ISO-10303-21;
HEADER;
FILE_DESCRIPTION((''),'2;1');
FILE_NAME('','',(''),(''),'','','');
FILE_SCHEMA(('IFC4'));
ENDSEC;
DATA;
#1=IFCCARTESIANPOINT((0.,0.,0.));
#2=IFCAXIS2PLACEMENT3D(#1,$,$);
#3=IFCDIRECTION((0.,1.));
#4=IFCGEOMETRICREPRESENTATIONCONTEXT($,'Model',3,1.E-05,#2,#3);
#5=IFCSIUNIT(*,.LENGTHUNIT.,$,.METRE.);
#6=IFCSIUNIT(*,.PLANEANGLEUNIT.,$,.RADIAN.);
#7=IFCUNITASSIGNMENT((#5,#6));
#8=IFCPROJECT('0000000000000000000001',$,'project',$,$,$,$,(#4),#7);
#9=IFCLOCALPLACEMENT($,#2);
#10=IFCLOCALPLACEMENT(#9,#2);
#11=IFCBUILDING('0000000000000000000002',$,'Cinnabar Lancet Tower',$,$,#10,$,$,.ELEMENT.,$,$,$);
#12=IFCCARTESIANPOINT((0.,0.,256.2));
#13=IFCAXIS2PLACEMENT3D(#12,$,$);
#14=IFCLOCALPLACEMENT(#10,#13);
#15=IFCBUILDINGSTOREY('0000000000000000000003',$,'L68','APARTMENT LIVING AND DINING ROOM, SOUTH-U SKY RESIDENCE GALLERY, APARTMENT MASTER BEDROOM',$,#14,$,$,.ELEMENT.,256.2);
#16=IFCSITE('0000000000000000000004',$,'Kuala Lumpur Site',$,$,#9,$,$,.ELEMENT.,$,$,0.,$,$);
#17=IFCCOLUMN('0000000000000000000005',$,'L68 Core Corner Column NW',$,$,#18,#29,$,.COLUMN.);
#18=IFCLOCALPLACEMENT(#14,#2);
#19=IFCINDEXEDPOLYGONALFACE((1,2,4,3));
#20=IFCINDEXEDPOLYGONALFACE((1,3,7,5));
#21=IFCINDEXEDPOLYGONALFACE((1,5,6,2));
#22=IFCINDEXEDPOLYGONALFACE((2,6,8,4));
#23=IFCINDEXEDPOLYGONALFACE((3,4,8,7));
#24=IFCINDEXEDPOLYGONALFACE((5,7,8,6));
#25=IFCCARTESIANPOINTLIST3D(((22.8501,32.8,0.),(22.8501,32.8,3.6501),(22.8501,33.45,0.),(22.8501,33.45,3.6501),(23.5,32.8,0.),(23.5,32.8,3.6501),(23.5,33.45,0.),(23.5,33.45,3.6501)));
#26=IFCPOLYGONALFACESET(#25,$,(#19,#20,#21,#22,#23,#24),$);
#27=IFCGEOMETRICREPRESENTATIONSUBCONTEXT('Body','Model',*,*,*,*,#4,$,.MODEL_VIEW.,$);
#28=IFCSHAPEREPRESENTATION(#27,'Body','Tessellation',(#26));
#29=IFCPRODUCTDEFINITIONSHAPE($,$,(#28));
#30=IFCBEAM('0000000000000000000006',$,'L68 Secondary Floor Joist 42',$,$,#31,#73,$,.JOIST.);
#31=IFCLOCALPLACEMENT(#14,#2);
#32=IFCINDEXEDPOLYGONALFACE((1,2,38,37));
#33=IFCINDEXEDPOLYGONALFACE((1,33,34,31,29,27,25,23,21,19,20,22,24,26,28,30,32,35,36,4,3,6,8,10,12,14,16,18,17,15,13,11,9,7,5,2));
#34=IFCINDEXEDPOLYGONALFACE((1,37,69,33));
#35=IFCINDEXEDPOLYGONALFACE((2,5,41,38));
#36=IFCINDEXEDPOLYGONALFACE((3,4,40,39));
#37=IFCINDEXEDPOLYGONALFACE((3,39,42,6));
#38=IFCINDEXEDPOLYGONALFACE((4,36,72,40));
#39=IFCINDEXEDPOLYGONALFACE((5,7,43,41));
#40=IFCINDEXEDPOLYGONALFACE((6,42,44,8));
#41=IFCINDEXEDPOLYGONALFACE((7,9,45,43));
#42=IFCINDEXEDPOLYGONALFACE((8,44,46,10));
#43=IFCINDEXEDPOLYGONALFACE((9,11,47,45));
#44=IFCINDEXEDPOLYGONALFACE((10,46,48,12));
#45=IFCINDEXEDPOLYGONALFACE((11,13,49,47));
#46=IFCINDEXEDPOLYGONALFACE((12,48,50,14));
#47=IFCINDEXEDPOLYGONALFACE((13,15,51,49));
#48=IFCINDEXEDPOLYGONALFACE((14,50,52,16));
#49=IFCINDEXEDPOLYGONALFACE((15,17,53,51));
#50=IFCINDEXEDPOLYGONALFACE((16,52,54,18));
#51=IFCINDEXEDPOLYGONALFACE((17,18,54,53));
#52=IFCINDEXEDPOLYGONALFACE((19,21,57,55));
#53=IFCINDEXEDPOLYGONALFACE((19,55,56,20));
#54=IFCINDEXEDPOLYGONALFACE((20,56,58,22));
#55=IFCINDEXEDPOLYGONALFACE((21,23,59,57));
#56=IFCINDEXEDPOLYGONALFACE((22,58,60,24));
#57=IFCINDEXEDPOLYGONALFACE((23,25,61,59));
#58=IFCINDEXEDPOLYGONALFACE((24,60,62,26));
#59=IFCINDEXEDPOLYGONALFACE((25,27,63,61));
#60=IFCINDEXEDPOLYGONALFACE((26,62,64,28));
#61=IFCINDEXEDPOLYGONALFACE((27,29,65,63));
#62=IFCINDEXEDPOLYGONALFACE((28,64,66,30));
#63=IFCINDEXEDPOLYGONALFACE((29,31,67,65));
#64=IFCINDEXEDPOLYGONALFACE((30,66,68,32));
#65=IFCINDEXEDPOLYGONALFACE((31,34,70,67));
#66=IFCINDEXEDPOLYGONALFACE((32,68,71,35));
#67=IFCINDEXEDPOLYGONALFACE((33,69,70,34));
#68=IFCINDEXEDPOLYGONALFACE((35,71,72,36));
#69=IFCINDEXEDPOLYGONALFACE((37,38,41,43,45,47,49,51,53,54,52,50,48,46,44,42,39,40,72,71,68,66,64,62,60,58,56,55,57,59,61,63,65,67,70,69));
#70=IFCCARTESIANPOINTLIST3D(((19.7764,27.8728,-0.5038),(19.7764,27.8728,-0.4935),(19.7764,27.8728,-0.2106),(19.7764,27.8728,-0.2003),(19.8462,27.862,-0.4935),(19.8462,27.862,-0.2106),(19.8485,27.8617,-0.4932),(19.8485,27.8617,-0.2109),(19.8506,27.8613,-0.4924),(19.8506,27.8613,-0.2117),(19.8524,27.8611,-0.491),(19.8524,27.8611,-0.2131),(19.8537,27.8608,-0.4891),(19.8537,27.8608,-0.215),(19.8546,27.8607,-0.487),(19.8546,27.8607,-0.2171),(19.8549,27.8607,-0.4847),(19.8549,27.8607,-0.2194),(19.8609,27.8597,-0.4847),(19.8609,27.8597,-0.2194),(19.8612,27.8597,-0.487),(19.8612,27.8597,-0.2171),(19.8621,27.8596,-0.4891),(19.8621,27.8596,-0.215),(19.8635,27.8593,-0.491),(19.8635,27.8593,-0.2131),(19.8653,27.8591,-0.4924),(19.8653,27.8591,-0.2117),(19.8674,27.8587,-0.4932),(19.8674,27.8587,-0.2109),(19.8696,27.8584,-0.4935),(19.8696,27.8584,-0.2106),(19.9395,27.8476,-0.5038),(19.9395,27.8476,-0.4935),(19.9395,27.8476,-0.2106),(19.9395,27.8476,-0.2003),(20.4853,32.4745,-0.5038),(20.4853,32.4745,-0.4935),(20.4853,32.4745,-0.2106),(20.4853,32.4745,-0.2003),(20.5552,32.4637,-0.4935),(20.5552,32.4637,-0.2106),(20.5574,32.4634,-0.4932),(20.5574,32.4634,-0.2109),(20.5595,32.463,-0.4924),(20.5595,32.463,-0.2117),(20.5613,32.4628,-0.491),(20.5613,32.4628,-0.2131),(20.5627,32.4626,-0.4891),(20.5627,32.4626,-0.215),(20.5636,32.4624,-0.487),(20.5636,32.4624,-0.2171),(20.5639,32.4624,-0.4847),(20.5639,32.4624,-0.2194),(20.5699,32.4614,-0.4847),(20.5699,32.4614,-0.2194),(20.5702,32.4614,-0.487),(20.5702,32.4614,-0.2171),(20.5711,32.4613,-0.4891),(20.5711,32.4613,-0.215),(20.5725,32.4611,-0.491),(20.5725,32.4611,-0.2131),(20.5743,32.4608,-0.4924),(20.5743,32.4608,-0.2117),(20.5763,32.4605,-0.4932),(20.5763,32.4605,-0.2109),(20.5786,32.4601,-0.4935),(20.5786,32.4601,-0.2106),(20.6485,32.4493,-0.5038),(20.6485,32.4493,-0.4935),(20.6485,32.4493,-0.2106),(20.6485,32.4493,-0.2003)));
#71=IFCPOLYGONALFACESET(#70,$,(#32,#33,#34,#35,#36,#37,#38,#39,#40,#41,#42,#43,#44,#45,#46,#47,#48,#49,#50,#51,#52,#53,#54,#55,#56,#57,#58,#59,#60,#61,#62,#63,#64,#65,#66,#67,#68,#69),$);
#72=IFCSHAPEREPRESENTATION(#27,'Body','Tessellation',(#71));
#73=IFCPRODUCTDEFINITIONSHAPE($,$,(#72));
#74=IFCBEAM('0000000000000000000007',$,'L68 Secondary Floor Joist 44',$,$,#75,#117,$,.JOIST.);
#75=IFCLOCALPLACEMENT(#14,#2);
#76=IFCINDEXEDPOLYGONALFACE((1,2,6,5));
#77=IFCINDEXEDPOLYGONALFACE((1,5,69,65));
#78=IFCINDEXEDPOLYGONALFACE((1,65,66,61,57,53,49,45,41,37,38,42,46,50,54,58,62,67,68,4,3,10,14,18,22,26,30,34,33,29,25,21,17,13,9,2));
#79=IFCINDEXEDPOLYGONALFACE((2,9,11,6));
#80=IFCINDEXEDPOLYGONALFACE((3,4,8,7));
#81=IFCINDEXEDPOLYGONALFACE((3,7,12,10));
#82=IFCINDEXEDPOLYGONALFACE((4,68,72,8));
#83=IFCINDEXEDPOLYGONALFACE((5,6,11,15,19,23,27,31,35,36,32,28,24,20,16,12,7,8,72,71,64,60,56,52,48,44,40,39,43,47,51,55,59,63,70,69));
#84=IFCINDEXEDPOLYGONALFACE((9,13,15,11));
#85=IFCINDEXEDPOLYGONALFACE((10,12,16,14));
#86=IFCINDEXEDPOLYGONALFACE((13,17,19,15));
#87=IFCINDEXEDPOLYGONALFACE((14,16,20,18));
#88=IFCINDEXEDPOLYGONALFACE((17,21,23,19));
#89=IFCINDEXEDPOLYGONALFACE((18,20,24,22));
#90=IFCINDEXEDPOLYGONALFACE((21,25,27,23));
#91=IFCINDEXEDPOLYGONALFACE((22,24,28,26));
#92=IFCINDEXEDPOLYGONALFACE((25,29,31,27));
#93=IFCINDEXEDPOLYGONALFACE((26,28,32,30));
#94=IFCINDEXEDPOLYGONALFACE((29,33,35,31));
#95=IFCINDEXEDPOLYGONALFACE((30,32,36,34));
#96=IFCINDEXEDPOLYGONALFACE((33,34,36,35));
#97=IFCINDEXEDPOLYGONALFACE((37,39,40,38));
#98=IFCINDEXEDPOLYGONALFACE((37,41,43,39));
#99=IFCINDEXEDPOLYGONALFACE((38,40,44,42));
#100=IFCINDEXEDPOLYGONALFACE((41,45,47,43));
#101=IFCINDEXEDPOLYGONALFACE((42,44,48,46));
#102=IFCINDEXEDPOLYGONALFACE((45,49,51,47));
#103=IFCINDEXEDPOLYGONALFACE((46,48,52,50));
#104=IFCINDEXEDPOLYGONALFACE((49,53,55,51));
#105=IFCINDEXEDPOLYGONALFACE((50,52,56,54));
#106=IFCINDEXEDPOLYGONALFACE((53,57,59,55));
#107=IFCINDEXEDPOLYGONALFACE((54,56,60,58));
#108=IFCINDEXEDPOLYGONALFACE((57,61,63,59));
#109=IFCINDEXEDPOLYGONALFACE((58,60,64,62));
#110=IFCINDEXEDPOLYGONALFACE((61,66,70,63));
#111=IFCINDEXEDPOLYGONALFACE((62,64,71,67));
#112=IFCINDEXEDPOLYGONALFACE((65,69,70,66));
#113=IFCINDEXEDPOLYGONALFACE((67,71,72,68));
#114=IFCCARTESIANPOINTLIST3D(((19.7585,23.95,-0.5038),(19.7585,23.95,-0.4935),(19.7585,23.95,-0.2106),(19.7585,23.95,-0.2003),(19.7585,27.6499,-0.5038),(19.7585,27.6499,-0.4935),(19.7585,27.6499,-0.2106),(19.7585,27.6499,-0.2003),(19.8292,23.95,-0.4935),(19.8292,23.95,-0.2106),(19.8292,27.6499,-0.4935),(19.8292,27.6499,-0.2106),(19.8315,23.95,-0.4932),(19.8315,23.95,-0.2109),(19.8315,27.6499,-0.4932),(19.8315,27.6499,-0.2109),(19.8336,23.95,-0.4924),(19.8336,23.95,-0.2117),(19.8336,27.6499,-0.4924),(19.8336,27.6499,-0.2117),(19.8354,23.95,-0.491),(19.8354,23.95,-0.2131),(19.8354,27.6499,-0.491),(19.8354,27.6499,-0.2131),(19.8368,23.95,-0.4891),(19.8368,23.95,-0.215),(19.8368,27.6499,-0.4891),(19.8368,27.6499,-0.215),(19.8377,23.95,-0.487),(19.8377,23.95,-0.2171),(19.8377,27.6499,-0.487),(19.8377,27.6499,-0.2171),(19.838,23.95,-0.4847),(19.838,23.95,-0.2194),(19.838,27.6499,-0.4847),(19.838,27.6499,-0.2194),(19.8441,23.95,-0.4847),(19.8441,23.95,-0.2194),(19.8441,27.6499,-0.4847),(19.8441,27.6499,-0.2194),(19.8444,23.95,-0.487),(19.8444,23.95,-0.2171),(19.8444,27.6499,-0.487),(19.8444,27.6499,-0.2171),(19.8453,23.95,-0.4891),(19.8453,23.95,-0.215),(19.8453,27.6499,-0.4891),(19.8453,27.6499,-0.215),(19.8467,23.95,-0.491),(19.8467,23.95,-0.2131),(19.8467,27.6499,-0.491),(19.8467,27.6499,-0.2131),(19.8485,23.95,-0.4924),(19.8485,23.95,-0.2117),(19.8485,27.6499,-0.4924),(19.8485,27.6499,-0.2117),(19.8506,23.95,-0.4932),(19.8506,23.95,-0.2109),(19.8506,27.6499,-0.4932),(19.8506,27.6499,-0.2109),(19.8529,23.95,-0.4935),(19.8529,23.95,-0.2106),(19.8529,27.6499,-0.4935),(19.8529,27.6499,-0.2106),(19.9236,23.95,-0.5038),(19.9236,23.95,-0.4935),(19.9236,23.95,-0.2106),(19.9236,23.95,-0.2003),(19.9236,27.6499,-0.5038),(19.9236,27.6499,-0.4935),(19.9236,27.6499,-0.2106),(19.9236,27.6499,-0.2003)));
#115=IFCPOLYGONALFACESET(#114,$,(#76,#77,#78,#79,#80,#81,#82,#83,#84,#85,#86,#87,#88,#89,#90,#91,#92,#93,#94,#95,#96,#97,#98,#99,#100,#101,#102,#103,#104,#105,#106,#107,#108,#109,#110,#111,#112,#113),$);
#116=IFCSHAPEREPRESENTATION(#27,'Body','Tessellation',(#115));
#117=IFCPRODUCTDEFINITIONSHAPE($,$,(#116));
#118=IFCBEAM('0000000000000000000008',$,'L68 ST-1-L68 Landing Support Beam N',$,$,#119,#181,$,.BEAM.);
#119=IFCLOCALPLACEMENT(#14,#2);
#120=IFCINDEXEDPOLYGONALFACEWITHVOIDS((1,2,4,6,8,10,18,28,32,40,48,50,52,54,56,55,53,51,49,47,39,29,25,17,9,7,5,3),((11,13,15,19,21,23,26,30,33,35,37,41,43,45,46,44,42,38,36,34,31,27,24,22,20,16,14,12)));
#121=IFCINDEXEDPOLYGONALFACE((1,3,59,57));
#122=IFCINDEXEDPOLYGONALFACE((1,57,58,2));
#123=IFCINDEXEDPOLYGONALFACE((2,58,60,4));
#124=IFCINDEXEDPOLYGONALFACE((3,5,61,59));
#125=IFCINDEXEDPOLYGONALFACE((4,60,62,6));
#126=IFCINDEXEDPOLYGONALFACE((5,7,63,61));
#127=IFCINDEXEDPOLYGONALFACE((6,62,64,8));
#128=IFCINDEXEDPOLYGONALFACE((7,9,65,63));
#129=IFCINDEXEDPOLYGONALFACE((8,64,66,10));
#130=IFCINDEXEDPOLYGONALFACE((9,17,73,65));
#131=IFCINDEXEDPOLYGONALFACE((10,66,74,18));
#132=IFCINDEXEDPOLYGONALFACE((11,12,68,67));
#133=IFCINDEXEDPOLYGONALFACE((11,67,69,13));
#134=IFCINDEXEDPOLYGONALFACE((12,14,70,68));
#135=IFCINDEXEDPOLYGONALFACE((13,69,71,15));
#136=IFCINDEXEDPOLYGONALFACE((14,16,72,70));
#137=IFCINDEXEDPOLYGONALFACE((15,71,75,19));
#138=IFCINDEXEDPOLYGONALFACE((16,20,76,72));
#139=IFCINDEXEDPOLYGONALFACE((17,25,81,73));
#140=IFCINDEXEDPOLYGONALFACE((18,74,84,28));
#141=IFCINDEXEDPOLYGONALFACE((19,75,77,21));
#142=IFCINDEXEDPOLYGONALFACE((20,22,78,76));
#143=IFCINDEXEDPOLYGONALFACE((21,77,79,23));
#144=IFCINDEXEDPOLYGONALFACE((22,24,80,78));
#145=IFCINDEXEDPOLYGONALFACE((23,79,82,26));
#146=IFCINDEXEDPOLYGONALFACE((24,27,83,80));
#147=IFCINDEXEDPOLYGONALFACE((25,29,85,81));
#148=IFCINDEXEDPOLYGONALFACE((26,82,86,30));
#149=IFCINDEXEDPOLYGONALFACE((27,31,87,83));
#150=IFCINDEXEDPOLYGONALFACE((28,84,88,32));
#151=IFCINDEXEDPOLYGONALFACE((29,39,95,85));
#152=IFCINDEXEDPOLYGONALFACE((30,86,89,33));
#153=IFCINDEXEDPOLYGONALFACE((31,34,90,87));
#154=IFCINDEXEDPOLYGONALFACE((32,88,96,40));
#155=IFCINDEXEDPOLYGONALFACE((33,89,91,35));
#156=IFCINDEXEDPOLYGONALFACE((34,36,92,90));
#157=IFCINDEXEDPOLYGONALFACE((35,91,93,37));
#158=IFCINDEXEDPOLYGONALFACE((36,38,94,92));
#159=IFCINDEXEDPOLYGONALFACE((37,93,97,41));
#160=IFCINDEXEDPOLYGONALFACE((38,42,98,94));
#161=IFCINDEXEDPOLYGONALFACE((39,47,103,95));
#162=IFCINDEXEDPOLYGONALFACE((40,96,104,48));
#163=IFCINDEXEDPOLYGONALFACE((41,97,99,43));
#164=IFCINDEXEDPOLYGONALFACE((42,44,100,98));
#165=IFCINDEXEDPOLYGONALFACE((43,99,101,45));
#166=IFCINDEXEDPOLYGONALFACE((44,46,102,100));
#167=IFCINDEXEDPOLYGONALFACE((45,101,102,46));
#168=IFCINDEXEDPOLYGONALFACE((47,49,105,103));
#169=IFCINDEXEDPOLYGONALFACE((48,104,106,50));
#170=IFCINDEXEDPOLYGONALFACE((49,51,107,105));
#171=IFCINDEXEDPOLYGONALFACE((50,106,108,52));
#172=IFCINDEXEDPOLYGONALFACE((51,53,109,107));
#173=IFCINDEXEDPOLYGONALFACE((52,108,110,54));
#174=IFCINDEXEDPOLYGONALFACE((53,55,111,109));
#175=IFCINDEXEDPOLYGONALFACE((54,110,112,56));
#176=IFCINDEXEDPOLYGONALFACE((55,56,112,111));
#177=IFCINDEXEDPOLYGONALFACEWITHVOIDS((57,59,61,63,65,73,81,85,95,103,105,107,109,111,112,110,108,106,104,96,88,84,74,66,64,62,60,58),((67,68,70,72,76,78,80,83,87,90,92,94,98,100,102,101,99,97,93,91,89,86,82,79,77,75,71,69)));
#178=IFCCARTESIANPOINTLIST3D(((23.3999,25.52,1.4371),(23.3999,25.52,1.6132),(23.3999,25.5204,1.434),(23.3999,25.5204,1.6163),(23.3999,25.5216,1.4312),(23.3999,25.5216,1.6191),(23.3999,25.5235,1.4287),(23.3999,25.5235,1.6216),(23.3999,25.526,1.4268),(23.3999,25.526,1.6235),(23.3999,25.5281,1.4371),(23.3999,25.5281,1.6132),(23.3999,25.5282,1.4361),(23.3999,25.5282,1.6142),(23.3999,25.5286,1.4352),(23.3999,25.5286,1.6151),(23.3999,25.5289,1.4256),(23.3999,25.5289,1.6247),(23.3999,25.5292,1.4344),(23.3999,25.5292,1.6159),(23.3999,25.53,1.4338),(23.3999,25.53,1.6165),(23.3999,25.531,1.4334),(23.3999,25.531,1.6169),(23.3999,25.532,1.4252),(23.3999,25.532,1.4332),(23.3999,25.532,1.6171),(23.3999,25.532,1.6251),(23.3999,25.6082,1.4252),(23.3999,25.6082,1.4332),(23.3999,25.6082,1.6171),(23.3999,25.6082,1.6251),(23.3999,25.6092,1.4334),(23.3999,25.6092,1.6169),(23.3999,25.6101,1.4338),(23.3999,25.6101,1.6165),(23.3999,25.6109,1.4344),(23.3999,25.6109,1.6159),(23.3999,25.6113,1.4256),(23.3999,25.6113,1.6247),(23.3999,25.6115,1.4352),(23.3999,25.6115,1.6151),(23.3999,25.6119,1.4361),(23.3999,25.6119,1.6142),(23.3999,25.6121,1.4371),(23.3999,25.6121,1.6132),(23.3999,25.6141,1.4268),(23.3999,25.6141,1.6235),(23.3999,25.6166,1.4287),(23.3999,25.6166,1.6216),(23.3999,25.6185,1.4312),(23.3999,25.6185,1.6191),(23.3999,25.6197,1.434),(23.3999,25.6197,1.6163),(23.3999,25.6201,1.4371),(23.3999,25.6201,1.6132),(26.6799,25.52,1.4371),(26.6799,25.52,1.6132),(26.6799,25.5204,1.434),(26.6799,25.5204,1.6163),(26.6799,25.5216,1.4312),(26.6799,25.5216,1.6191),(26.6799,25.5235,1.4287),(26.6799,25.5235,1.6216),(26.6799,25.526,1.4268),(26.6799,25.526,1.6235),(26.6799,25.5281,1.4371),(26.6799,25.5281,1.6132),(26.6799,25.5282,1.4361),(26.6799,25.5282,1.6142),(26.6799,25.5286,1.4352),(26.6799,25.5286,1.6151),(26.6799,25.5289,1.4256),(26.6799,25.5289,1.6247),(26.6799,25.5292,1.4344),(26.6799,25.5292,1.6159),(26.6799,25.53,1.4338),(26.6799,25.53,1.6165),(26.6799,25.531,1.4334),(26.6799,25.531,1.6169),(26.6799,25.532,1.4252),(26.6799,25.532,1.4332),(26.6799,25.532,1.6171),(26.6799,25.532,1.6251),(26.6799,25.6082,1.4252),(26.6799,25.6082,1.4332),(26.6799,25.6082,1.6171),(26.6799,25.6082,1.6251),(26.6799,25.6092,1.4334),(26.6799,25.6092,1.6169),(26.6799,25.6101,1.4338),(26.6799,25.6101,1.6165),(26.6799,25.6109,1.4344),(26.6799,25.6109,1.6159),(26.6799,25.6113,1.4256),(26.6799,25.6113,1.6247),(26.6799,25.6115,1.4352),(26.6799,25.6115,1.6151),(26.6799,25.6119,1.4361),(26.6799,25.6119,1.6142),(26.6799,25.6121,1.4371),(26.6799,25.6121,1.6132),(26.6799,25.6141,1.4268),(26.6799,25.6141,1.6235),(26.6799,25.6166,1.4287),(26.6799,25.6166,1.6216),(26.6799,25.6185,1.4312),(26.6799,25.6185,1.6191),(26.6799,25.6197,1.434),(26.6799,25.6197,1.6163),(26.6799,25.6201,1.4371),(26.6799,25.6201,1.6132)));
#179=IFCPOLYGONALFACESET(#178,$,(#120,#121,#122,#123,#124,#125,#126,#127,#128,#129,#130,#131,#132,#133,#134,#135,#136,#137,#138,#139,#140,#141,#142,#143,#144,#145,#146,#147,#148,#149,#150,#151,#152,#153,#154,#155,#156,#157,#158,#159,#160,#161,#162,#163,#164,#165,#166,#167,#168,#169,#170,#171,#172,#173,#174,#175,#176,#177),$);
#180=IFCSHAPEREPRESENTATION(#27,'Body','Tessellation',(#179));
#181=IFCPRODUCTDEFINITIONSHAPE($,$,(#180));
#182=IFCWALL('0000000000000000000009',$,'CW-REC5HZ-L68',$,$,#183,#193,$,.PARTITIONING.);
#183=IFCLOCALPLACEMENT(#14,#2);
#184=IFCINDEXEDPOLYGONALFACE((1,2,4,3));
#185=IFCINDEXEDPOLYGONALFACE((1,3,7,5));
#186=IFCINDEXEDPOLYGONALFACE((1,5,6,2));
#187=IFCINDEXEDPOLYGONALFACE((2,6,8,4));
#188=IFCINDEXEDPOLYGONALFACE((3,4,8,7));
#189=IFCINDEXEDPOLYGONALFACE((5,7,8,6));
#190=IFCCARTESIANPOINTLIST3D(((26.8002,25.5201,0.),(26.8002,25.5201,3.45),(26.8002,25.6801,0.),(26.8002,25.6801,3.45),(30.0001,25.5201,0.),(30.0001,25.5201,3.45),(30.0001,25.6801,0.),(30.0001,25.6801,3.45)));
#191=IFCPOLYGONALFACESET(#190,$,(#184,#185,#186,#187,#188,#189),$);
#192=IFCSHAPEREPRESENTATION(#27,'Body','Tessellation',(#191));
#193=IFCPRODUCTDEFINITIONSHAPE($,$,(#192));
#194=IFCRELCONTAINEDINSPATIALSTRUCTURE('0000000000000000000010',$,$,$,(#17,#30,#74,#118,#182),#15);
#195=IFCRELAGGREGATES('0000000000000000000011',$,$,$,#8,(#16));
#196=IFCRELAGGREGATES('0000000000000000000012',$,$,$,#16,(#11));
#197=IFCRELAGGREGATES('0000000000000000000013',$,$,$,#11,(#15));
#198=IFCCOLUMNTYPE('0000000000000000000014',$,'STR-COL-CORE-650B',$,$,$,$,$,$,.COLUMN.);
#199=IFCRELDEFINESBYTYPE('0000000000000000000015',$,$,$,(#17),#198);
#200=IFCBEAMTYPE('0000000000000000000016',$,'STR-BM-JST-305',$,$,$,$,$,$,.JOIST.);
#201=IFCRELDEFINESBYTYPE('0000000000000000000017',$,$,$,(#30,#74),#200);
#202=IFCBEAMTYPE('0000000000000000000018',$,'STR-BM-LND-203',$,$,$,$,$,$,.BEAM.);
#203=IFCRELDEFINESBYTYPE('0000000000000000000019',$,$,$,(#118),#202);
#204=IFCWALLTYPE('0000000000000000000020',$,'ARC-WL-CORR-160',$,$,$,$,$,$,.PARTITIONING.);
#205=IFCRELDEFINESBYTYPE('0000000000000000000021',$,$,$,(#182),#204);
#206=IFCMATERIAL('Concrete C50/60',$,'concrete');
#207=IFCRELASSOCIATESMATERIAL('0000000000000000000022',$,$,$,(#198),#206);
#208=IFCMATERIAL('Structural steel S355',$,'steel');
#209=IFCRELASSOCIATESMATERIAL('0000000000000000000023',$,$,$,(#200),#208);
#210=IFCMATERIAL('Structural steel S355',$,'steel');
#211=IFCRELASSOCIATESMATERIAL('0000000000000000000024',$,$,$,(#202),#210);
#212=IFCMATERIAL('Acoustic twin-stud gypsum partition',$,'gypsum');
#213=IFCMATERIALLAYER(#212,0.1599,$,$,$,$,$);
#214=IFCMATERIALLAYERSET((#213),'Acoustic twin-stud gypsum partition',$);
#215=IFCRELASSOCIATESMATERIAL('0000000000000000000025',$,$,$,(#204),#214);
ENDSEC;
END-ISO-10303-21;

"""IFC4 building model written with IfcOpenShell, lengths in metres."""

from ifc_helpers import new_model, si_unit, direction, frame, frame_2d, origin, origin_2d, place, context, subcontext, project, spatial, rectangle, hollow_rectangle, i_section, extrude, material, layer, layer_set, material_profile, profile_set, type_object, element, save


model = new_model("IFC4")

# Units and contexts
model_context = context("Model", 3, precision=1e-05, world=origin(), true_north=direction((0.0, 1.0)))
body_context = subcontext(model_context, "Body", "Model", "MODEL_VIEW")
ifc_project = project(units=[si_unit("LENGTHUNIT", "METRE"), si_unit("PLANEANGLEUNIT", "RADIAN")], contexts=[model_context])

# Site, building, storey
site_placement = place(None, origin())
site = spatial("IfcSite", under=ifc_project, at=site_placement, Name="Kuala Lumpur Site", CompositionType="ELEMENT", RefElevation=0.0)
building_placement = place(site_placement, origin())
building = spatial("IfcBuilding", under=site, at=building_placement, Name="Cinnabar Lancet Tower", CompositionType="ELEMENT")
storey_placement = place(building_placement, frame((0.0, 0.0, 256.2)))
storey = spatial("IfcBuildingStorey", under=building, at=storey_placement, Name="L68", Description="APARTMENT LIVING AND DINING ROOM, SOUTH-U SKY RESIDENCE GALLERY, APARTMENT MASTER BEDROOM", CompositionType="ELEMENT", Elevation=256.2)

# Column
ifc_material_1 = material(Name="Concrete C50/60", Category="concrete")
ifc_material_profile_1 = material_profile(ifc_material_1, rectangle(XDim=0.6499, YDim=0.6499, at=origin_2d()), Name="RC-COL 650x650")
ifc_profile_set_1 = profile_set([ifc_material_profile_1], Name="Concrete C50/60")
column_type = type_object("IfcColumnType", Name="STR-COL-CORE-650B", PredefinedType="COLUMN", material=ifc_profile_set_1)
column_placement = place(storey_placement, frame((23.175, 33.125, 0.0), z_axis=(0.0, 0.0, 1.0), x_axis=(1.0, 0.0, 0.0)))
element("IfcColumn", 1, at=column_placement, inside=storey, type_object=column_type, Name="L68 Core Corner Column NW", PredefinedType="COLUMN", context=body_context, shape_type="SweptSolid", body=[
    extrude(rectangle(XDim=0.6499, YDim=0.6499, at=origin_2d()), origin(), (0.0, 0.0, 1.0), 3.6501),
])

# Beams
ifc_material_2 = material(Name="Structural steel S355", Category="steel")
ifc_material_profile_2 = material_profile(ifc_material_2, i_section(OverallWidth=0.165, OverallDepth=0.3035, WebThickness=0.0061, FlangeThickness=0.0103, FilletRadius=0.0088, at=origin_2d()), Name="UKB 305x165x40")
ifc_profile_set_2 = profile_set([ifc_material_profile_2], Name="Structural steel S355")
beam_type_1 = type_object("IfcBeamType", Name="STR-BM-JST-305", PredefinedType="JOIST", material=ifc_profile_set_2)
beam_1_placement = place(storey_placement, frame((20.5669, 32.4619, -0.3521), z_axis=(-0.15227, -0.988339, 0.0), x_axis=(0.988339, -0.15227, 0.0)))
element("IfcBeam", 2, at=beam_1_placement, inside=storey, type_object=beam_type_1, Name="L68 Secondary Floor Joist 42", PredefinedType="JOIST", context=body_context, shape_type="SweptSolid", body=[
    extrude(i_section(OverallWidth=0.165, OverallDepth=0.3035, WebThickness=0.0061, FlangeThickness=0.0103, FilletRadius=0.0088, at=origin_2d()), origin(), (0.0, 0.0, 1.0), 4.656),
])
beam_2_placement = place(storey_placement, frame((19.8411, 27.6499, -0.3521), z_axis=(0.0, -1.0, 0.0), x_axis=(1.0, 0.0, 0.0)))
element("IfcBeam", 3, at=beam_2_placement, inside=storey, type_object=beam_type_1, Name="L68 Secondary Floor Joist 44", PredefinedType="JOIST", context=body_context, shape_type="SweptSolid", body=[
    extrude(i_section(OverallWidth=0.165, OverallDepth=0.3035, WebThickness=0.0061, FlangeThickness=0.0103, FilletRadius=0.0088, at=origin_2d()), origin(), (0.0, 0.0, 1.0), 3.7),
])
ifc_material_3 = material(Name="Structural steel S355", Category="steel")
ifc_material_profile_3 = material_profile(ifc_material_3, hollow_rectangle(XDim=0.1001, YDim=0.2, WallThickness=0.0081, InnerFilletRadius=0.0039, OuterFilletRadius=0.012, at=origin_2d()), Name="RHS 200x100x8")
ifc_profile_set_3 = profile_set([ifc_material_profile_3], Name="Structural steel S355")
beam_type_2 = type_object("IfcBeamType", Name="STR-BM-LND-203", PredefinedType="BEAM", material=ifc_profile_set_3)
beam_3_placement = place(storey_placement, frame((23.3999, 25.5701, 1.5251), z_axis=(1.0, 0.0, 0.0), x_axis=(0.0, 1.0, 0.0)))
element("IfcBeam", 4, at=beam_3_placement, inside=storey, type_object=beam_type_2, Name="L68 ST-1-L68 Landing Support Beam N", PredefinedType="BEAM", context=body_context, shape_type="SweptSolid", body=[
    extrude(hollow_rectangle(XDim=0.1001, YDim=0.2, WallThickness=0.0081, InnerFilletRadius=0.0039, OuterFilletRadius=0.012, at=origin_2d()), origin(), (0.0, 0.0, 1.0), 3.28),
])

# Wall
ifc_material_4 = material(Name="Acoustic twin-stud gypsum partition", Category="gypsum")
ifc_layer_1 = layer(ifc_material_4, 0.1599)
ifc_layer_set_1 = layer_set([ifc_layer_1], Name="Acoustic twin-stud gypsum partition")
wall_type_1 = type_object("IfcWallType", Name="ARC-WL-CORR-160", PredefinedType="PARTITIONING", material=ifc_layer_set_1)
wall_1_placement = place(storey_placement, frame((26.8, 25.6001, 0.0), z_axis=(0.0, 0.0, 1.0), x_axis=(1.0, 0.0, 0.0)))
element("IfcWall", 5, at=wall_1_placement, inside=storey, type_object=wall_type_1, Name="CW-REC5HZ-L68", PredefinedType="PARTITIONING", context=body_context, shape_type="SweptSolid", body=[
    extrude(rectangle(XDim=3.2, YDim=0.1599, at=frame_2d((1.6001, 0.0))), origin(), (0.0, 0.0, 1.0), 3.45),
])

save(model, "model.ifc")
